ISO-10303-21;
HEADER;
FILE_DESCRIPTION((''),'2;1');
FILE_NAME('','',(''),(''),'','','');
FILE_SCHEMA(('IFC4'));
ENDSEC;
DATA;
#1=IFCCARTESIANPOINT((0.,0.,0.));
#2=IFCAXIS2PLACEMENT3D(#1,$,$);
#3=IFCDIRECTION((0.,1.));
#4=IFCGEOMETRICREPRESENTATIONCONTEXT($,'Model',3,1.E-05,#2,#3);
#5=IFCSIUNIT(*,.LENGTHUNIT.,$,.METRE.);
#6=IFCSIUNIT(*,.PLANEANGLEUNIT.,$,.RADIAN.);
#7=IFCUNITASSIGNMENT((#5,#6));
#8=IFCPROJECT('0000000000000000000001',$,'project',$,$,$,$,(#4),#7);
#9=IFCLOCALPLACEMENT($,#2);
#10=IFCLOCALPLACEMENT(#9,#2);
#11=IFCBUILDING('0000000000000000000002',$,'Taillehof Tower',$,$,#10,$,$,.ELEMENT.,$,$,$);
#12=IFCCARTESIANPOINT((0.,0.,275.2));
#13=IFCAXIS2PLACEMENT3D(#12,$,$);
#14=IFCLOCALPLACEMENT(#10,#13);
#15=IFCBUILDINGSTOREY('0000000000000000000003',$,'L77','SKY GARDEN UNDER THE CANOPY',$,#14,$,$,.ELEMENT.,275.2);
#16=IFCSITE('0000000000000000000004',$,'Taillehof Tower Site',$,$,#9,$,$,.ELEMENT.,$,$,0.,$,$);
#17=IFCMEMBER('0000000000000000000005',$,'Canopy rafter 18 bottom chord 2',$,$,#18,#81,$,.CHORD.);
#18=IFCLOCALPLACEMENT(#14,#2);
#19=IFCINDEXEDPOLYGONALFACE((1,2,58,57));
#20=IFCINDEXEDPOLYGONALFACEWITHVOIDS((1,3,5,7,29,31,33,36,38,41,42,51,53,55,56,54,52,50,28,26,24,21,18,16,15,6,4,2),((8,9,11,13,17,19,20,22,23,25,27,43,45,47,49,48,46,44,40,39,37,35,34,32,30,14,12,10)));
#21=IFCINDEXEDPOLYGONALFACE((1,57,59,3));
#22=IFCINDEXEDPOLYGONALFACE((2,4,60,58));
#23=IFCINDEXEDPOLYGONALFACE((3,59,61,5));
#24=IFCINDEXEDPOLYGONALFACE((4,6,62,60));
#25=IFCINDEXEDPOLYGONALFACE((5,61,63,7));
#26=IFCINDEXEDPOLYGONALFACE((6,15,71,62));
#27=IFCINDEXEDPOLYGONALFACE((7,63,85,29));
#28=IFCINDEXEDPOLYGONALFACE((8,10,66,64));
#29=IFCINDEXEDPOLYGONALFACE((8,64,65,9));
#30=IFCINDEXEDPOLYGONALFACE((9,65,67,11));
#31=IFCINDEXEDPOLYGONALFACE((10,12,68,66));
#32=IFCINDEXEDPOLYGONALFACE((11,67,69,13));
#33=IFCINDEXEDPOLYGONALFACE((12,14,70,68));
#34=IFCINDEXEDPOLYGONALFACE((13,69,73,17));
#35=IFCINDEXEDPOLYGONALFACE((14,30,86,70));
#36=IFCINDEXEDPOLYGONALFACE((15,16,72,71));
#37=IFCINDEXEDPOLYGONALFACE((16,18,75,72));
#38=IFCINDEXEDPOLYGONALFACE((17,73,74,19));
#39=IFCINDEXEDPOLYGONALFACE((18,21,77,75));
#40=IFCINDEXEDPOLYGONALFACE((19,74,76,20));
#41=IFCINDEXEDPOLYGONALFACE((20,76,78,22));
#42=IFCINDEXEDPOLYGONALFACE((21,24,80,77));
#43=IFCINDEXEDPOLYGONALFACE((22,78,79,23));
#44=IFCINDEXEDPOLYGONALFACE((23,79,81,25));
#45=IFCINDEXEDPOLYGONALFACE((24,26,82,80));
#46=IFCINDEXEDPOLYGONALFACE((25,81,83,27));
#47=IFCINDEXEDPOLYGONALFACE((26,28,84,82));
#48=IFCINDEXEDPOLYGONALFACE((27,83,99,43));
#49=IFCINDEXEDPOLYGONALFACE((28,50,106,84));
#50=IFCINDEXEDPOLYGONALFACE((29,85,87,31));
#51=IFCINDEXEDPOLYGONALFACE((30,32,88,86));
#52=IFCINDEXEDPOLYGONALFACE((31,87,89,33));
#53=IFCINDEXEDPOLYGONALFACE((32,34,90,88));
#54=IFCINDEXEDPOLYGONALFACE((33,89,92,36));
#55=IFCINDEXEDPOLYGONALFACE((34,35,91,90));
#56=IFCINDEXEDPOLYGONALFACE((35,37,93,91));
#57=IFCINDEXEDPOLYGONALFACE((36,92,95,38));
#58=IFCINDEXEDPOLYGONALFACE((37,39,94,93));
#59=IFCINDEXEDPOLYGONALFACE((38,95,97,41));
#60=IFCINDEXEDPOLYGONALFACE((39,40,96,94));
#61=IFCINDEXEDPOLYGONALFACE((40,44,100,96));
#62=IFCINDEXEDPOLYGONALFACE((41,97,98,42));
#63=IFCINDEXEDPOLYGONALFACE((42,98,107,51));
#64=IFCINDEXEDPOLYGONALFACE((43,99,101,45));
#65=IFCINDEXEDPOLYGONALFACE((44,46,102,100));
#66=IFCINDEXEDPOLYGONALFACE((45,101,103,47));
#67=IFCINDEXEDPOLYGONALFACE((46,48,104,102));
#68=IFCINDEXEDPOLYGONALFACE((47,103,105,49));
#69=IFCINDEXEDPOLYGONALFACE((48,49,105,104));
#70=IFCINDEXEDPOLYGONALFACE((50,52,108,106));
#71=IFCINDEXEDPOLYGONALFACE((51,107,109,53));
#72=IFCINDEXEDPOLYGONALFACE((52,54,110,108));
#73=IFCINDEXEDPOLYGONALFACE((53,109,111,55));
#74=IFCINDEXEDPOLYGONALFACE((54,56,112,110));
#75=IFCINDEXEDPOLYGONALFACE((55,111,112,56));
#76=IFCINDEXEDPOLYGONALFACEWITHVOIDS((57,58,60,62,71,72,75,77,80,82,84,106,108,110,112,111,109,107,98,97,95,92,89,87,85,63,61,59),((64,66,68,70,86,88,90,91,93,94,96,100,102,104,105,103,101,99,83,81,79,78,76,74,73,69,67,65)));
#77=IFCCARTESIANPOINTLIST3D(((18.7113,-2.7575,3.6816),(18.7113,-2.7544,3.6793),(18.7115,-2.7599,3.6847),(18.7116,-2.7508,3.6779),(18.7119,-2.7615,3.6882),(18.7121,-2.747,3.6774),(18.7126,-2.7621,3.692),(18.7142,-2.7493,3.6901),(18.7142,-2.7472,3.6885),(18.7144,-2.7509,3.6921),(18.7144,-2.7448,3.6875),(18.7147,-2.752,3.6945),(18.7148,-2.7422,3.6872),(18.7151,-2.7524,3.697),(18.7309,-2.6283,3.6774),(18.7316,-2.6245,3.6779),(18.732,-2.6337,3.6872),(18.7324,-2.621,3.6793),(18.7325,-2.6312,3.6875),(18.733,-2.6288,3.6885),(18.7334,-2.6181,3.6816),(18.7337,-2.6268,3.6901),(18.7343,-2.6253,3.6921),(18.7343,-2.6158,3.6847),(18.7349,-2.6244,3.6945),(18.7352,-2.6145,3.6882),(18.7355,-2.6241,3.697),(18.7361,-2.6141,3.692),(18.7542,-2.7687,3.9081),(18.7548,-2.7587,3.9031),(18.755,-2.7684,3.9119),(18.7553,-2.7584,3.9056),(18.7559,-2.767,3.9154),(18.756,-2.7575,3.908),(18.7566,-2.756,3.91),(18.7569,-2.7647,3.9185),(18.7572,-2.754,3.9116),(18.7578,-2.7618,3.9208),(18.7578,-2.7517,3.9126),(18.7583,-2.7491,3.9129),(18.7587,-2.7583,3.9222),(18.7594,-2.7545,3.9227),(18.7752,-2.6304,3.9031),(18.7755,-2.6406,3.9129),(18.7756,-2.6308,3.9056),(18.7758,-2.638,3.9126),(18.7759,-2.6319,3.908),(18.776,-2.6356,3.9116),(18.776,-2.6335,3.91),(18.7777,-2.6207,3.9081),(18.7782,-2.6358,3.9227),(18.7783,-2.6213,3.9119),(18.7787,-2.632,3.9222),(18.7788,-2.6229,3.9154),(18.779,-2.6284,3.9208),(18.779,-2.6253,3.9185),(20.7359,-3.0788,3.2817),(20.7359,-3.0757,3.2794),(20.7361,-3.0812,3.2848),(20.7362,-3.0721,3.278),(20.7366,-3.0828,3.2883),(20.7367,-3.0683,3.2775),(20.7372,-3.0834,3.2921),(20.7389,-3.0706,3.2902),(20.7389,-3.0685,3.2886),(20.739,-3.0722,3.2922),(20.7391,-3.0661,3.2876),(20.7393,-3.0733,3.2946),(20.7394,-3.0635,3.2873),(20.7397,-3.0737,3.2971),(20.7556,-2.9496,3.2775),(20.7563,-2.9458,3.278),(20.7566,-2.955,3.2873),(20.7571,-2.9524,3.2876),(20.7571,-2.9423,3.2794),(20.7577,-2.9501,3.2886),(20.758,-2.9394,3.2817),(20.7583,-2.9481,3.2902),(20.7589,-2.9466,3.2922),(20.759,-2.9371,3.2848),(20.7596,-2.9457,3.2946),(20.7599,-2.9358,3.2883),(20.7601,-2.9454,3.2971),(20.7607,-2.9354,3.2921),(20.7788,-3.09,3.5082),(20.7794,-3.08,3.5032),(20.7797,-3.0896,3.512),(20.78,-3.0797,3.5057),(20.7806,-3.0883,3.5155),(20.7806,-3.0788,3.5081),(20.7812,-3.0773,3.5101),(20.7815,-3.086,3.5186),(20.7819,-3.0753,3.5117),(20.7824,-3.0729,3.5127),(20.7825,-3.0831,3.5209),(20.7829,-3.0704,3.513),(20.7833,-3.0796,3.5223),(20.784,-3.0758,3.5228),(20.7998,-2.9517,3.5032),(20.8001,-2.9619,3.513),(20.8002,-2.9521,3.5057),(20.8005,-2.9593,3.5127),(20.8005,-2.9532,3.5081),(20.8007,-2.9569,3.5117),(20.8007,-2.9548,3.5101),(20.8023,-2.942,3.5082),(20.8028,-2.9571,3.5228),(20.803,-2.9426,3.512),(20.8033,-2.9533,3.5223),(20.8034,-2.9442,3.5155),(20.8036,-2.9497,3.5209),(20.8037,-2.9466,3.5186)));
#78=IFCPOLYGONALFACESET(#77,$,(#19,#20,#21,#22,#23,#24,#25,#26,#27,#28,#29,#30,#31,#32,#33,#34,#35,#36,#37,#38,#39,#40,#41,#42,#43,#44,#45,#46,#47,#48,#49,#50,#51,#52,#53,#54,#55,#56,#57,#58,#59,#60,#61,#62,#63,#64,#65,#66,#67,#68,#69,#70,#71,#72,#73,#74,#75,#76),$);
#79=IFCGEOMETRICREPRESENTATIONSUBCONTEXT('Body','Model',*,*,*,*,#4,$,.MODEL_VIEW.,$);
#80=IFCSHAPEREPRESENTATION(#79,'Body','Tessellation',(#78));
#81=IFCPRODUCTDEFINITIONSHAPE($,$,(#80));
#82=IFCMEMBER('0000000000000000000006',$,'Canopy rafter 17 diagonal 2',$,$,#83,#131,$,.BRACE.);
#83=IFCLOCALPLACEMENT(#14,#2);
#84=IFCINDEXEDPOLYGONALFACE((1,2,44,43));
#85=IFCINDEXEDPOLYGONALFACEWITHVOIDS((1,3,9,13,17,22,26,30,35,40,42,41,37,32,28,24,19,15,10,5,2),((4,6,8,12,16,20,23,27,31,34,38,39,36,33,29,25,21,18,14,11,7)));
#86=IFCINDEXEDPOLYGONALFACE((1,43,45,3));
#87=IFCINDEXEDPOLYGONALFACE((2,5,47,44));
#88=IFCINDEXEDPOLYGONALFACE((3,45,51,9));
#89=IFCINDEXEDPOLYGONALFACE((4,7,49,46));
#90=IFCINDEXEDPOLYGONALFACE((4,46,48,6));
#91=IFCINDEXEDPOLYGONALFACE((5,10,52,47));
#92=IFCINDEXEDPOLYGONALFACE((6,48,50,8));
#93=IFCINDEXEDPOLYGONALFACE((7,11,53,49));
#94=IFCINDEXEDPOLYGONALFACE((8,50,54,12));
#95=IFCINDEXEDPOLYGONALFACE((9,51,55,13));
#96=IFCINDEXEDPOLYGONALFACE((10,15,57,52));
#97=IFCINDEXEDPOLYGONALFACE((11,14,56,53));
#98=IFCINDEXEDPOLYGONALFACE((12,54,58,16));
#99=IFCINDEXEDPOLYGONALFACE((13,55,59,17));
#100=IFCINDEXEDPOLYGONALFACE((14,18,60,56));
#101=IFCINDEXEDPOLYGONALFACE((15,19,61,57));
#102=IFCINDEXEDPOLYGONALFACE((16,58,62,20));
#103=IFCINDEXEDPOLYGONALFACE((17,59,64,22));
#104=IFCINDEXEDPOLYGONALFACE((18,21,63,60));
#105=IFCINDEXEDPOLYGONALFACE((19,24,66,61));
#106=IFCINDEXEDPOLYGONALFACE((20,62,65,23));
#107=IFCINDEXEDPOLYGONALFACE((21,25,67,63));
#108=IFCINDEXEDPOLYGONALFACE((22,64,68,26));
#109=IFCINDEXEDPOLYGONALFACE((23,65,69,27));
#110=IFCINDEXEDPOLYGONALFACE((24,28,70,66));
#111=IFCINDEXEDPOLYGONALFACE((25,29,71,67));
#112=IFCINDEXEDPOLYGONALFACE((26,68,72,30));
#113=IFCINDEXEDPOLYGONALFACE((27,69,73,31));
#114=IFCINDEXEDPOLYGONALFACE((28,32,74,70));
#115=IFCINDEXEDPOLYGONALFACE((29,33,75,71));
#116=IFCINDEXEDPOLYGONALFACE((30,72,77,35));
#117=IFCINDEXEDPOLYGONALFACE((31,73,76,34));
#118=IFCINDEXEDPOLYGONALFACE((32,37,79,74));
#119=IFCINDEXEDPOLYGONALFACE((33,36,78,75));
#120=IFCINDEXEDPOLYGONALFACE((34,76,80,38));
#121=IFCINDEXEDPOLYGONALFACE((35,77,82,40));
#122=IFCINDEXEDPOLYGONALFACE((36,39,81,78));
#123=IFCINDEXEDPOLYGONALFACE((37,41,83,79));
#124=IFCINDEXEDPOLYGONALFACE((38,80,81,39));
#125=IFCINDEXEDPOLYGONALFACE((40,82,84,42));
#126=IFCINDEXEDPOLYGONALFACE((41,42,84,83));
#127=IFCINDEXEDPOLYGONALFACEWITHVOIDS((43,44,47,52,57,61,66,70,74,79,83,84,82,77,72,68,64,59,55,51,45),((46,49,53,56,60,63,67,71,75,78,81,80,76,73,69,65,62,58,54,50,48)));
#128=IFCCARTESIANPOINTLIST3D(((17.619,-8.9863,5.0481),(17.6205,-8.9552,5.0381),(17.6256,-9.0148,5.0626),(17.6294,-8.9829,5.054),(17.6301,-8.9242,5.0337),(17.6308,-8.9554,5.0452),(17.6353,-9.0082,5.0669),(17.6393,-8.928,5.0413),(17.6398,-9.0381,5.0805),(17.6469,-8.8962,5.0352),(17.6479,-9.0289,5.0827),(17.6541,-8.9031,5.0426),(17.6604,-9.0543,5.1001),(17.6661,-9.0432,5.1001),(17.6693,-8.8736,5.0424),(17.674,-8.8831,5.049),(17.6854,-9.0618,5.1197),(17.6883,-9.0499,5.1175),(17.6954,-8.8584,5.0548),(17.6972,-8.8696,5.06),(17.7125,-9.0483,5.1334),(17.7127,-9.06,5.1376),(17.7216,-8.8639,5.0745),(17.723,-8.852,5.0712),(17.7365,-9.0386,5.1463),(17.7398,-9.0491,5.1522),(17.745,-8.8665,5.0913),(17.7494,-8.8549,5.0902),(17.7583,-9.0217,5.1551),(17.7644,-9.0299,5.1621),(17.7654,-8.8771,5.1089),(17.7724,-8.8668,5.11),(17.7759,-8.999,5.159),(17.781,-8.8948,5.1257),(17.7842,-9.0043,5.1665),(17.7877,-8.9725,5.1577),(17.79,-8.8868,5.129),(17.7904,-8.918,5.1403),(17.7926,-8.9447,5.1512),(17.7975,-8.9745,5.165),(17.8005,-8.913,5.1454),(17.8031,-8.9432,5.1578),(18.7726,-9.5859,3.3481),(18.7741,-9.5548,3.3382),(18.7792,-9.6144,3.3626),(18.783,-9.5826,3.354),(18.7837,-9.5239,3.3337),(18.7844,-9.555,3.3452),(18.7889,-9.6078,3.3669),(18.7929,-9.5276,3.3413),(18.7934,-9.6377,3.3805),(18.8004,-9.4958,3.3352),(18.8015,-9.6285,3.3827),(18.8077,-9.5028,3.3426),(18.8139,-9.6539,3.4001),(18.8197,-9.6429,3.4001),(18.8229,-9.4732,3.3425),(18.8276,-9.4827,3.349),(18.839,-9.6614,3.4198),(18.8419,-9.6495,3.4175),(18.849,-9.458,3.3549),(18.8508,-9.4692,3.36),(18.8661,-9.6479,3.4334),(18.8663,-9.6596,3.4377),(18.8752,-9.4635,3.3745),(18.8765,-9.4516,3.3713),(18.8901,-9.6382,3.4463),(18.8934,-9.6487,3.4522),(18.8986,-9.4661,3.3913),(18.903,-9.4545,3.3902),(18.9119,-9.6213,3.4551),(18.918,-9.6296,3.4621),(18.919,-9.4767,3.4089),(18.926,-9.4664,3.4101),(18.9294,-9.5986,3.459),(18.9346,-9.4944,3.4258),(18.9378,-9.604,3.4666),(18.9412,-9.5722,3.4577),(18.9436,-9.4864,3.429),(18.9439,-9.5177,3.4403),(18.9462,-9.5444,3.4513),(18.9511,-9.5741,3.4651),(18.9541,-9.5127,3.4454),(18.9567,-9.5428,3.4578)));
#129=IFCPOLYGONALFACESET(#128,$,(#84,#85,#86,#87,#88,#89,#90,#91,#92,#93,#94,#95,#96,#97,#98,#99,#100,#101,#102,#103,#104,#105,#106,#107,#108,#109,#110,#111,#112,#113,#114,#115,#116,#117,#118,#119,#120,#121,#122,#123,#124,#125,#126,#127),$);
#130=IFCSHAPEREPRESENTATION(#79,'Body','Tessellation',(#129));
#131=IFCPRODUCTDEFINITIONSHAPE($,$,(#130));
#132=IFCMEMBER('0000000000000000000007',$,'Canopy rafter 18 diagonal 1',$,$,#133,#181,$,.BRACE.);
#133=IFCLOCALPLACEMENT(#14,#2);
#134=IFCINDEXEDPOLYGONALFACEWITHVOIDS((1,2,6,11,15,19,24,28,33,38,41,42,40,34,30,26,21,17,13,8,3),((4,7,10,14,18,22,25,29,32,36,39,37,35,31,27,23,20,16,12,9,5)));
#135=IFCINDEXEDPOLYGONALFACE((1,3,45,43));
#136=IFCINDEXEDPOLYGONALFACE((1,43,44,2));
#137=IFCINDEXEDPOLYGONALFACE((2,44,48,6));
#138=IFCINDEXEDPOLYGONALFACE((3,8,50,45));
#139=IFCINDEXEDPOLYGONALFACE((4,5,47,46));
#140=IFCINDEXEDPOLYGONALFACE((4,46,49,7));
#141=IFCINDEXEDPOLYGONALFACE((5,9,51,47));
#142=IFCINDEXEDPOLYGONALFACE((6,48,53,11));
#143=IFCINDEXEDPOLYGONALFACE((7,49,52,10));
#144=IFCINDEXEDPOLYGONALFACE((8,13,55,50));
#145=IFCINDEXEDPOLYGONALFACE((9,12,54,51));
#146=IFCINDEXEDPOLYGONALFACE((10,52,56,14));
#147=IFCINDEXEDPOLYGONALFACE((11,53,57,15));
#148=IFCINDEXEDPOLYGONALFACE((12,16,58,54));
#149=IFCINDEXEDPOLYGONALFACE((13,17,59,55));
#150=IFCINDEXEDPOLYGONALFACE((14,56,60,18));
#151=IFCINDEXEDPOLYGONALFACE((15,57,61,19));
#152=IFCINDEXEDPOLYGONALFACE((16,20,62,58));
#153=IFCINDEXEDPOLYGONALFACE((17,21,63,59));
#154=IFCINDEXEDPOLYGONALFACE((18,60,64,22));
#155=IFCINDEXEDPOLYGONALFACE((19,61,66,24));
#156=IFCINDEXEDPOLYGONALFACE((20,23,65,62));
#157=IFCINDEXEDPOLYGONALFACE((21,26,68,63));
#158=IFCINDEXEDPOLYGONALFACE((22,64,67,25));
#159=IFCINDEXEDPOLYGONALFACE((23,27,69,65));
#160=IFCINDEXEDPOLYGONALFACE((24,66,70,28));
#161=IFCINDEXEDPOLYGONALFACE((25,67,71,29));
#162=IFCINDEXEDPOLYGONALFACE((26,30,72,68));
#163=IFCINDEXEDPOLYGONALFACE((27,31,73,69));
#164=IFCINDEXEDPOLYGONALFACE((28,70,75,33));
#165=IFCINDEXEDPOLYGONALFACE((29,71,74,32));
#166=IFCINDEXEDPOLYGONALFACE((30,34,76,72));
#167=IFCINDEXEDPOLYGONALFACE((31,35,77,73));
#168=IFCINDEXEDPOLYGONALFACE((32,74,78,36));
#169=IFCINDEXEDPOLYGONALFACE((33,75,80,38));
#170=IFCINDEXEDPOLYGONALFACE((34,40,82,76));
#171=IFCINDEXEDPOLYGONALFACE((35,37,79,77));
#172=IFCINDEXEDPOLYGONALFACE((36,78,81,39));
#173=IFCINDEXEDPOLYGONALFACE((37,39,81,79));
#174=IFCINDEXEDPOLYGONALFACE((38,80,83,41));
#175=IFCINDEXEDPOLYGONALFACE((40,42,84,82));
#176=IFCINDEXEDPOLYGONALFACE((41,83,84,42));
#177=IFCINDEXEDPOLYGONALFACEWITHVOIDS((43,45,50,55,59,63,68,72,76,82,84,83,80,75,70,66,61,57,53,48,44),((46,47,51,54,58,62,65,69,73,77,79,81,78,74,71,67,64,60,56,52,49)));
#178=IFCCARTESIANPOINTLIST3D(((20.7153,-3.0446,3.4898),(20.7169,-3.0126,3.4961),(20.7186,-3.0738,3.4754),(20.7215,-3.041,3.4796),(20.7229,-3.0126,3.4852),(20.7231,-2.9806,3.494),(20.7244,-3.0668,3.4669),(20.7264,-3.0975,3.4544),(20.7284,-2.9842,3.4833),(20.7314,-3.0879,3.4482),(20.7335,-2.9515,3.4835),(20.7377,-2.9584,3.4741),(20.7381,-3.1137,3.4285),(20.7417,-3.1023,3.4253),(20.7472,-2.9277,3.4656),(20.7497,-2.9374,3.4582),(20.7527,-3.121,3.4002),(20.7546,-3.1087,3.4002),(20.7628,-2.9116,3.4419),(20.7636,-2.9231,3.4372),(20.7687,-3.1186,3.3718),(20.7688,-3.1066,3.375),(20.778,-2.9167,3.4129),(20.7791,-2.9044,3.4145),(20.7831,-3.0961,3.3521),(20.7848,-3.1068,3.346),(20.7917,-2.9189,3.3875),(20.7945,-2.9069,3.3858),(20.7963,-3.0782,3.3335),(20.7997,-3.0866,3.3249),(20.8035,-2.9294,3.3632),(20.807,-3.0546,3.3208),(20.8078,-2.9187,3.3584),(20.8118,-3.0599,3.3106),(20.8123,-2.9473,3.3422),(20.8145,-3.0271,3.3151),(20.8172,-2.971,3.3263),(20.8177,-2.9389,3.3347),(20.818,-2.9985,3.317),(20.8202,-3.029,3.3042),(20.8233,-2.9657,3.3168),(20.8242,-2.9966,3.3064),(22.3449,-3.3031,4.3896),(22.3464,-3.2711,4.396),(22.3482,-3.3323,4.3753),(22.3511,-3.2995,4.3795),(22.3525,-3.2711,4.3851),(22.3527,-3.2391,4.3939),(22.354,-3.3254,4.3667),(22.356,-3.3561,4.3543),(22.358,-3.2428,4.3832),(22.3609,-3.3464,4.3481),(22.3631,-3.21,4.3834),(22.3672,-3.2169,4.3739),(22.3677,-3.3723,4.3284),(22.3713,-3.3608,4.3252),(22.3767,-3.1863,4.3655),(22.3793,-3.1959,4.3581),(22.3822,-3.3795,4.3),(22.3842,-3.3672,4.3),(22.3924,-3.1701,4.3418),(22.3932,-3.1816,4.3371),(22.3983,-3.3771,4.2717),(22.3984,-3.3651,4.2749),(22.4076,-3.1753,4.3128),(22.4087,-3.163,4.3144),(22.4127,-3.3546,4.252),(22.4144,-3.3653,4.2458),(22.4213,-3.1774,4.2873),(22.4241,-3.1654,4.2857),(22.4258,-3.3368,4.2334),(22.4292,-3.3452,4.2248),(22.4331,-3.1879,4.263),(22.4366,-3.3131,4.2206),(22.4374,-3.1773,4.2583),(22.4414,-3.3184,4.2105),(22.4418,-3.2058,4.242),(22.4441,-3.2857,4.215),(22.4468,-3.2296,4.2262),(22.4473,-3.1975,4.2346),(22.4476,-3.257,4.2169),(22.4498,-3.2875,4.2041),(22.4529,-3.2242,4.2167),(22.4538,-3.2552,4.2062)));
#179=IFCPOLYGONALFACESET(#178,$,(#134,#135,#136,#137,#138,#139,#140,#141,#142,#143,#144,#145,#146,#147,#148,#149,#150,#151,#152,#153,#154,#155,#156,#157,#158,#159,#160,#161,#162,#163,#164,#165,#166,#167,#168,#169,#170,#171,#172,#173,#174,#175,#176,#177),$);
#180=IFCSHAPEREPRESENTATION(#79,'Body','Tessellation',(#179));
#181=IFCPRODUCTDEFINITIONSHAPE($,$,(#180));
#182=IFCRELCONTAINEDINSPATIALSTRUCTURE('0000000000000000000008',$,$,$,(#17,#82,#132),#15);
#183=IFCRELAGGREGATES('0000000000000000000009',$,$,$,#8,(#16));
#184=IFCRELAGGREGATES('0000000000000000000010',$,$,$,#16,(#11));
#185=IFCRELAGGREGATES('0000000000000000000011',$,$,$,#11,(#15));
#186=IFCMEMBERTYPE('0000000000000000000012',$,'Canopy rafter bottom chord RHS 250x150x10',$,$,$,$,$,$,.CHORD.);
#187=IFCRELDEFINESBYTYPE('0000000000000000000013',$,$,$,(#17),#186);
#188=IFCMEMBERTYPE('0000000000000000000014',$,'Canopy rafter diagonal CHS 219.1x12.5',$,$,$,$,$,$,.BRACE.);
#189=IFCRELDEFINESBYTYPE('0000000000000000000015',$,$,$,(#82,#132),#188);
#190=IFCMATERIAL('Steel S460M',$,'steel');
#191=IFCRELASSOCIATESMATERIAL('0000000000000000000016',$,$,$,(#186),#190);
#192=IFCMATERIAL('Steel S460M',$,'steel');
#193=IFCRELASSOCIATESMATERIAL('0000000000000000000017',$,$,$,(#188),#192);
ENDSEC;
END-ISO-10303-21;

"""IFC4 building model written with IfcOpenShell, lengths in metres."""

from ifc_helpers import new_model, si_unit, direction, frame, origin, origin_2d, place, context, subcontext, project, spatial, hollow_rectangle, hollow_circle, extrude, material, material_profile, profile_set, type_object, element, save


model = new_model("IFC4")

# Units and contexts
model_context = context("Model", 3, precision=1e-05, world=origin(), true_north=direction((0.0, 1.0)))
body_context = subcontext(model_context, "Body", "Model", "MODEL_VIEW")
ifc_project = project(units=[si_unit("LENGTHUNIT", "METRE"), si_unit("PLANEANGLEUNIT", "RADIAN")], contexts=[model_context])

# Site, building, storey
site_placement = place(None, origin())
site = spatial("IfcSite", under=ifc_project, at=site_placement, Name="Taillehof Tower Site", CompositionType="ELEMENT", RefElevation=0.0)
building_placement = place(site_placement, origin())
building = spatial("IfcBuilding", under=site, at=building_placement, Name="Taillehof Tower", CompositionType="ELEMENT")
storey_placement = place(building_placement, frame((0.0, 0.0, 275.2)))
storey = spatial("IfcBuildingStorey", under=building, at=storey_placement, Name="L77", Description="SKY GARDEN UNDER THE CANOPY", CompositionType="ELEMENT", Elevation=275.2)

# Members
ifc_material_1 = material(Name="Steel S460M", Category="steel")
ifc_material_profile_1 = material_profile(ifc_material_1, hollow_rectangle(XDim=0.1499, YDim=0.25, WallThickness=0.01, InnerFilletRadius=0.01, OuterFilletRadius=0.0149, at=origin_2d()), Name="RHS 250x150x10")
ifc_profile_set_1 = profile_set([ifc_material_profile_1], Name="Steel S460M")
member_type_1 = type_object("IfcMemberType", Name="Canopy rafter bottom chord RHS 250x150x10", PredefinedType="CHORD", material=ifc_profile_set_1)
for number, where, z_axis, x_axis, name in (
    (1, (20.7698, -3.0127, 3.4001), (-0.96937, 0.153827, 0.191466), (-0.156727, -0.987642, 0.0), "Canopy rafter 18 bottom chord 2"),
):
    element("IfcMember", number, at=place(storey_placement, frame(where, z_axis=z_axis, x_axis=x_axis)), inside=storey, type_object=member_type_1, Name=name, PredefinedType="CHORD", context=body_context, shape_type="SweptSolid", body=[
        extrude(hollow_rectangle(XDim=0.1499, YDim=0.25, WallThickness=0.01, InnerFilletRadius=0.01, OuterFilletRadius=0.0149, at=origin_2d()), origin(), (0.0, 0.0, 1.0), 2.0886),
    ])
ifc_material_2 = material(Name="Steel S460M", Category="steel")
ifc_material_profile_2 = material_profile(ifc_material_2, hollow_circle(Radius=0.1096, WallThickness=0.0125, at=origin_2d()), Name="CHS 219.1x12.5")
ifc_profile_set_2 = profile_set([ifc_material_profile_2], Name="Steel S460M")
member_type_2 = type_object("IfcMemberType", Name="Canopy rafter diagonal CHS 219.1x12.5", PredefinedType="BRACE", material=ifc_profile_set_2)
member_1_placement = place(storey_placement, frame((18.8645, -9.5566, 3.4001), z_axis=(-0.539021, 0.280177, 0.794328), x_axis=(-0.461205, -0.887294, 0.0)))
element("IfcMember", 2, at=member_1_placement, inside=storey, type_object=member_type_2, Name="Canopy rafter 17 diagonal 2", PredefinedType="BRACE", context=body_context, shape_type="SweptSolid", body=[
    extrude(hollow_circle(Radius=0.1096, WallThickness=0.0125, at=origin_2d()), origin(), (0.0, 0.0, 1.0), 2.1401),
])
member_2_placement = place(storey_placement, frame((22.3994, -3.2712, 4.3), z_axis=(-0.867075, 0.137563, -0.478807), x_axis=(-0.156692, -0.987648, 0.0)))
element("IfcMember", 3, at=member_2_placement, inside=storey, type_object=member_type_2, Name="Canopy rafter 18 diagonal 1", PredefinedType="BRACE", context=body_context, shape_type="SweptSolid", body=[
    extrude(hollow_circle(Radius=0.1096, WallThickness=0.0125, at=origin_2d()), origin(), (0.0, 0.0, 1.0), 1.8794),
])

save(model, "model.ifc")
